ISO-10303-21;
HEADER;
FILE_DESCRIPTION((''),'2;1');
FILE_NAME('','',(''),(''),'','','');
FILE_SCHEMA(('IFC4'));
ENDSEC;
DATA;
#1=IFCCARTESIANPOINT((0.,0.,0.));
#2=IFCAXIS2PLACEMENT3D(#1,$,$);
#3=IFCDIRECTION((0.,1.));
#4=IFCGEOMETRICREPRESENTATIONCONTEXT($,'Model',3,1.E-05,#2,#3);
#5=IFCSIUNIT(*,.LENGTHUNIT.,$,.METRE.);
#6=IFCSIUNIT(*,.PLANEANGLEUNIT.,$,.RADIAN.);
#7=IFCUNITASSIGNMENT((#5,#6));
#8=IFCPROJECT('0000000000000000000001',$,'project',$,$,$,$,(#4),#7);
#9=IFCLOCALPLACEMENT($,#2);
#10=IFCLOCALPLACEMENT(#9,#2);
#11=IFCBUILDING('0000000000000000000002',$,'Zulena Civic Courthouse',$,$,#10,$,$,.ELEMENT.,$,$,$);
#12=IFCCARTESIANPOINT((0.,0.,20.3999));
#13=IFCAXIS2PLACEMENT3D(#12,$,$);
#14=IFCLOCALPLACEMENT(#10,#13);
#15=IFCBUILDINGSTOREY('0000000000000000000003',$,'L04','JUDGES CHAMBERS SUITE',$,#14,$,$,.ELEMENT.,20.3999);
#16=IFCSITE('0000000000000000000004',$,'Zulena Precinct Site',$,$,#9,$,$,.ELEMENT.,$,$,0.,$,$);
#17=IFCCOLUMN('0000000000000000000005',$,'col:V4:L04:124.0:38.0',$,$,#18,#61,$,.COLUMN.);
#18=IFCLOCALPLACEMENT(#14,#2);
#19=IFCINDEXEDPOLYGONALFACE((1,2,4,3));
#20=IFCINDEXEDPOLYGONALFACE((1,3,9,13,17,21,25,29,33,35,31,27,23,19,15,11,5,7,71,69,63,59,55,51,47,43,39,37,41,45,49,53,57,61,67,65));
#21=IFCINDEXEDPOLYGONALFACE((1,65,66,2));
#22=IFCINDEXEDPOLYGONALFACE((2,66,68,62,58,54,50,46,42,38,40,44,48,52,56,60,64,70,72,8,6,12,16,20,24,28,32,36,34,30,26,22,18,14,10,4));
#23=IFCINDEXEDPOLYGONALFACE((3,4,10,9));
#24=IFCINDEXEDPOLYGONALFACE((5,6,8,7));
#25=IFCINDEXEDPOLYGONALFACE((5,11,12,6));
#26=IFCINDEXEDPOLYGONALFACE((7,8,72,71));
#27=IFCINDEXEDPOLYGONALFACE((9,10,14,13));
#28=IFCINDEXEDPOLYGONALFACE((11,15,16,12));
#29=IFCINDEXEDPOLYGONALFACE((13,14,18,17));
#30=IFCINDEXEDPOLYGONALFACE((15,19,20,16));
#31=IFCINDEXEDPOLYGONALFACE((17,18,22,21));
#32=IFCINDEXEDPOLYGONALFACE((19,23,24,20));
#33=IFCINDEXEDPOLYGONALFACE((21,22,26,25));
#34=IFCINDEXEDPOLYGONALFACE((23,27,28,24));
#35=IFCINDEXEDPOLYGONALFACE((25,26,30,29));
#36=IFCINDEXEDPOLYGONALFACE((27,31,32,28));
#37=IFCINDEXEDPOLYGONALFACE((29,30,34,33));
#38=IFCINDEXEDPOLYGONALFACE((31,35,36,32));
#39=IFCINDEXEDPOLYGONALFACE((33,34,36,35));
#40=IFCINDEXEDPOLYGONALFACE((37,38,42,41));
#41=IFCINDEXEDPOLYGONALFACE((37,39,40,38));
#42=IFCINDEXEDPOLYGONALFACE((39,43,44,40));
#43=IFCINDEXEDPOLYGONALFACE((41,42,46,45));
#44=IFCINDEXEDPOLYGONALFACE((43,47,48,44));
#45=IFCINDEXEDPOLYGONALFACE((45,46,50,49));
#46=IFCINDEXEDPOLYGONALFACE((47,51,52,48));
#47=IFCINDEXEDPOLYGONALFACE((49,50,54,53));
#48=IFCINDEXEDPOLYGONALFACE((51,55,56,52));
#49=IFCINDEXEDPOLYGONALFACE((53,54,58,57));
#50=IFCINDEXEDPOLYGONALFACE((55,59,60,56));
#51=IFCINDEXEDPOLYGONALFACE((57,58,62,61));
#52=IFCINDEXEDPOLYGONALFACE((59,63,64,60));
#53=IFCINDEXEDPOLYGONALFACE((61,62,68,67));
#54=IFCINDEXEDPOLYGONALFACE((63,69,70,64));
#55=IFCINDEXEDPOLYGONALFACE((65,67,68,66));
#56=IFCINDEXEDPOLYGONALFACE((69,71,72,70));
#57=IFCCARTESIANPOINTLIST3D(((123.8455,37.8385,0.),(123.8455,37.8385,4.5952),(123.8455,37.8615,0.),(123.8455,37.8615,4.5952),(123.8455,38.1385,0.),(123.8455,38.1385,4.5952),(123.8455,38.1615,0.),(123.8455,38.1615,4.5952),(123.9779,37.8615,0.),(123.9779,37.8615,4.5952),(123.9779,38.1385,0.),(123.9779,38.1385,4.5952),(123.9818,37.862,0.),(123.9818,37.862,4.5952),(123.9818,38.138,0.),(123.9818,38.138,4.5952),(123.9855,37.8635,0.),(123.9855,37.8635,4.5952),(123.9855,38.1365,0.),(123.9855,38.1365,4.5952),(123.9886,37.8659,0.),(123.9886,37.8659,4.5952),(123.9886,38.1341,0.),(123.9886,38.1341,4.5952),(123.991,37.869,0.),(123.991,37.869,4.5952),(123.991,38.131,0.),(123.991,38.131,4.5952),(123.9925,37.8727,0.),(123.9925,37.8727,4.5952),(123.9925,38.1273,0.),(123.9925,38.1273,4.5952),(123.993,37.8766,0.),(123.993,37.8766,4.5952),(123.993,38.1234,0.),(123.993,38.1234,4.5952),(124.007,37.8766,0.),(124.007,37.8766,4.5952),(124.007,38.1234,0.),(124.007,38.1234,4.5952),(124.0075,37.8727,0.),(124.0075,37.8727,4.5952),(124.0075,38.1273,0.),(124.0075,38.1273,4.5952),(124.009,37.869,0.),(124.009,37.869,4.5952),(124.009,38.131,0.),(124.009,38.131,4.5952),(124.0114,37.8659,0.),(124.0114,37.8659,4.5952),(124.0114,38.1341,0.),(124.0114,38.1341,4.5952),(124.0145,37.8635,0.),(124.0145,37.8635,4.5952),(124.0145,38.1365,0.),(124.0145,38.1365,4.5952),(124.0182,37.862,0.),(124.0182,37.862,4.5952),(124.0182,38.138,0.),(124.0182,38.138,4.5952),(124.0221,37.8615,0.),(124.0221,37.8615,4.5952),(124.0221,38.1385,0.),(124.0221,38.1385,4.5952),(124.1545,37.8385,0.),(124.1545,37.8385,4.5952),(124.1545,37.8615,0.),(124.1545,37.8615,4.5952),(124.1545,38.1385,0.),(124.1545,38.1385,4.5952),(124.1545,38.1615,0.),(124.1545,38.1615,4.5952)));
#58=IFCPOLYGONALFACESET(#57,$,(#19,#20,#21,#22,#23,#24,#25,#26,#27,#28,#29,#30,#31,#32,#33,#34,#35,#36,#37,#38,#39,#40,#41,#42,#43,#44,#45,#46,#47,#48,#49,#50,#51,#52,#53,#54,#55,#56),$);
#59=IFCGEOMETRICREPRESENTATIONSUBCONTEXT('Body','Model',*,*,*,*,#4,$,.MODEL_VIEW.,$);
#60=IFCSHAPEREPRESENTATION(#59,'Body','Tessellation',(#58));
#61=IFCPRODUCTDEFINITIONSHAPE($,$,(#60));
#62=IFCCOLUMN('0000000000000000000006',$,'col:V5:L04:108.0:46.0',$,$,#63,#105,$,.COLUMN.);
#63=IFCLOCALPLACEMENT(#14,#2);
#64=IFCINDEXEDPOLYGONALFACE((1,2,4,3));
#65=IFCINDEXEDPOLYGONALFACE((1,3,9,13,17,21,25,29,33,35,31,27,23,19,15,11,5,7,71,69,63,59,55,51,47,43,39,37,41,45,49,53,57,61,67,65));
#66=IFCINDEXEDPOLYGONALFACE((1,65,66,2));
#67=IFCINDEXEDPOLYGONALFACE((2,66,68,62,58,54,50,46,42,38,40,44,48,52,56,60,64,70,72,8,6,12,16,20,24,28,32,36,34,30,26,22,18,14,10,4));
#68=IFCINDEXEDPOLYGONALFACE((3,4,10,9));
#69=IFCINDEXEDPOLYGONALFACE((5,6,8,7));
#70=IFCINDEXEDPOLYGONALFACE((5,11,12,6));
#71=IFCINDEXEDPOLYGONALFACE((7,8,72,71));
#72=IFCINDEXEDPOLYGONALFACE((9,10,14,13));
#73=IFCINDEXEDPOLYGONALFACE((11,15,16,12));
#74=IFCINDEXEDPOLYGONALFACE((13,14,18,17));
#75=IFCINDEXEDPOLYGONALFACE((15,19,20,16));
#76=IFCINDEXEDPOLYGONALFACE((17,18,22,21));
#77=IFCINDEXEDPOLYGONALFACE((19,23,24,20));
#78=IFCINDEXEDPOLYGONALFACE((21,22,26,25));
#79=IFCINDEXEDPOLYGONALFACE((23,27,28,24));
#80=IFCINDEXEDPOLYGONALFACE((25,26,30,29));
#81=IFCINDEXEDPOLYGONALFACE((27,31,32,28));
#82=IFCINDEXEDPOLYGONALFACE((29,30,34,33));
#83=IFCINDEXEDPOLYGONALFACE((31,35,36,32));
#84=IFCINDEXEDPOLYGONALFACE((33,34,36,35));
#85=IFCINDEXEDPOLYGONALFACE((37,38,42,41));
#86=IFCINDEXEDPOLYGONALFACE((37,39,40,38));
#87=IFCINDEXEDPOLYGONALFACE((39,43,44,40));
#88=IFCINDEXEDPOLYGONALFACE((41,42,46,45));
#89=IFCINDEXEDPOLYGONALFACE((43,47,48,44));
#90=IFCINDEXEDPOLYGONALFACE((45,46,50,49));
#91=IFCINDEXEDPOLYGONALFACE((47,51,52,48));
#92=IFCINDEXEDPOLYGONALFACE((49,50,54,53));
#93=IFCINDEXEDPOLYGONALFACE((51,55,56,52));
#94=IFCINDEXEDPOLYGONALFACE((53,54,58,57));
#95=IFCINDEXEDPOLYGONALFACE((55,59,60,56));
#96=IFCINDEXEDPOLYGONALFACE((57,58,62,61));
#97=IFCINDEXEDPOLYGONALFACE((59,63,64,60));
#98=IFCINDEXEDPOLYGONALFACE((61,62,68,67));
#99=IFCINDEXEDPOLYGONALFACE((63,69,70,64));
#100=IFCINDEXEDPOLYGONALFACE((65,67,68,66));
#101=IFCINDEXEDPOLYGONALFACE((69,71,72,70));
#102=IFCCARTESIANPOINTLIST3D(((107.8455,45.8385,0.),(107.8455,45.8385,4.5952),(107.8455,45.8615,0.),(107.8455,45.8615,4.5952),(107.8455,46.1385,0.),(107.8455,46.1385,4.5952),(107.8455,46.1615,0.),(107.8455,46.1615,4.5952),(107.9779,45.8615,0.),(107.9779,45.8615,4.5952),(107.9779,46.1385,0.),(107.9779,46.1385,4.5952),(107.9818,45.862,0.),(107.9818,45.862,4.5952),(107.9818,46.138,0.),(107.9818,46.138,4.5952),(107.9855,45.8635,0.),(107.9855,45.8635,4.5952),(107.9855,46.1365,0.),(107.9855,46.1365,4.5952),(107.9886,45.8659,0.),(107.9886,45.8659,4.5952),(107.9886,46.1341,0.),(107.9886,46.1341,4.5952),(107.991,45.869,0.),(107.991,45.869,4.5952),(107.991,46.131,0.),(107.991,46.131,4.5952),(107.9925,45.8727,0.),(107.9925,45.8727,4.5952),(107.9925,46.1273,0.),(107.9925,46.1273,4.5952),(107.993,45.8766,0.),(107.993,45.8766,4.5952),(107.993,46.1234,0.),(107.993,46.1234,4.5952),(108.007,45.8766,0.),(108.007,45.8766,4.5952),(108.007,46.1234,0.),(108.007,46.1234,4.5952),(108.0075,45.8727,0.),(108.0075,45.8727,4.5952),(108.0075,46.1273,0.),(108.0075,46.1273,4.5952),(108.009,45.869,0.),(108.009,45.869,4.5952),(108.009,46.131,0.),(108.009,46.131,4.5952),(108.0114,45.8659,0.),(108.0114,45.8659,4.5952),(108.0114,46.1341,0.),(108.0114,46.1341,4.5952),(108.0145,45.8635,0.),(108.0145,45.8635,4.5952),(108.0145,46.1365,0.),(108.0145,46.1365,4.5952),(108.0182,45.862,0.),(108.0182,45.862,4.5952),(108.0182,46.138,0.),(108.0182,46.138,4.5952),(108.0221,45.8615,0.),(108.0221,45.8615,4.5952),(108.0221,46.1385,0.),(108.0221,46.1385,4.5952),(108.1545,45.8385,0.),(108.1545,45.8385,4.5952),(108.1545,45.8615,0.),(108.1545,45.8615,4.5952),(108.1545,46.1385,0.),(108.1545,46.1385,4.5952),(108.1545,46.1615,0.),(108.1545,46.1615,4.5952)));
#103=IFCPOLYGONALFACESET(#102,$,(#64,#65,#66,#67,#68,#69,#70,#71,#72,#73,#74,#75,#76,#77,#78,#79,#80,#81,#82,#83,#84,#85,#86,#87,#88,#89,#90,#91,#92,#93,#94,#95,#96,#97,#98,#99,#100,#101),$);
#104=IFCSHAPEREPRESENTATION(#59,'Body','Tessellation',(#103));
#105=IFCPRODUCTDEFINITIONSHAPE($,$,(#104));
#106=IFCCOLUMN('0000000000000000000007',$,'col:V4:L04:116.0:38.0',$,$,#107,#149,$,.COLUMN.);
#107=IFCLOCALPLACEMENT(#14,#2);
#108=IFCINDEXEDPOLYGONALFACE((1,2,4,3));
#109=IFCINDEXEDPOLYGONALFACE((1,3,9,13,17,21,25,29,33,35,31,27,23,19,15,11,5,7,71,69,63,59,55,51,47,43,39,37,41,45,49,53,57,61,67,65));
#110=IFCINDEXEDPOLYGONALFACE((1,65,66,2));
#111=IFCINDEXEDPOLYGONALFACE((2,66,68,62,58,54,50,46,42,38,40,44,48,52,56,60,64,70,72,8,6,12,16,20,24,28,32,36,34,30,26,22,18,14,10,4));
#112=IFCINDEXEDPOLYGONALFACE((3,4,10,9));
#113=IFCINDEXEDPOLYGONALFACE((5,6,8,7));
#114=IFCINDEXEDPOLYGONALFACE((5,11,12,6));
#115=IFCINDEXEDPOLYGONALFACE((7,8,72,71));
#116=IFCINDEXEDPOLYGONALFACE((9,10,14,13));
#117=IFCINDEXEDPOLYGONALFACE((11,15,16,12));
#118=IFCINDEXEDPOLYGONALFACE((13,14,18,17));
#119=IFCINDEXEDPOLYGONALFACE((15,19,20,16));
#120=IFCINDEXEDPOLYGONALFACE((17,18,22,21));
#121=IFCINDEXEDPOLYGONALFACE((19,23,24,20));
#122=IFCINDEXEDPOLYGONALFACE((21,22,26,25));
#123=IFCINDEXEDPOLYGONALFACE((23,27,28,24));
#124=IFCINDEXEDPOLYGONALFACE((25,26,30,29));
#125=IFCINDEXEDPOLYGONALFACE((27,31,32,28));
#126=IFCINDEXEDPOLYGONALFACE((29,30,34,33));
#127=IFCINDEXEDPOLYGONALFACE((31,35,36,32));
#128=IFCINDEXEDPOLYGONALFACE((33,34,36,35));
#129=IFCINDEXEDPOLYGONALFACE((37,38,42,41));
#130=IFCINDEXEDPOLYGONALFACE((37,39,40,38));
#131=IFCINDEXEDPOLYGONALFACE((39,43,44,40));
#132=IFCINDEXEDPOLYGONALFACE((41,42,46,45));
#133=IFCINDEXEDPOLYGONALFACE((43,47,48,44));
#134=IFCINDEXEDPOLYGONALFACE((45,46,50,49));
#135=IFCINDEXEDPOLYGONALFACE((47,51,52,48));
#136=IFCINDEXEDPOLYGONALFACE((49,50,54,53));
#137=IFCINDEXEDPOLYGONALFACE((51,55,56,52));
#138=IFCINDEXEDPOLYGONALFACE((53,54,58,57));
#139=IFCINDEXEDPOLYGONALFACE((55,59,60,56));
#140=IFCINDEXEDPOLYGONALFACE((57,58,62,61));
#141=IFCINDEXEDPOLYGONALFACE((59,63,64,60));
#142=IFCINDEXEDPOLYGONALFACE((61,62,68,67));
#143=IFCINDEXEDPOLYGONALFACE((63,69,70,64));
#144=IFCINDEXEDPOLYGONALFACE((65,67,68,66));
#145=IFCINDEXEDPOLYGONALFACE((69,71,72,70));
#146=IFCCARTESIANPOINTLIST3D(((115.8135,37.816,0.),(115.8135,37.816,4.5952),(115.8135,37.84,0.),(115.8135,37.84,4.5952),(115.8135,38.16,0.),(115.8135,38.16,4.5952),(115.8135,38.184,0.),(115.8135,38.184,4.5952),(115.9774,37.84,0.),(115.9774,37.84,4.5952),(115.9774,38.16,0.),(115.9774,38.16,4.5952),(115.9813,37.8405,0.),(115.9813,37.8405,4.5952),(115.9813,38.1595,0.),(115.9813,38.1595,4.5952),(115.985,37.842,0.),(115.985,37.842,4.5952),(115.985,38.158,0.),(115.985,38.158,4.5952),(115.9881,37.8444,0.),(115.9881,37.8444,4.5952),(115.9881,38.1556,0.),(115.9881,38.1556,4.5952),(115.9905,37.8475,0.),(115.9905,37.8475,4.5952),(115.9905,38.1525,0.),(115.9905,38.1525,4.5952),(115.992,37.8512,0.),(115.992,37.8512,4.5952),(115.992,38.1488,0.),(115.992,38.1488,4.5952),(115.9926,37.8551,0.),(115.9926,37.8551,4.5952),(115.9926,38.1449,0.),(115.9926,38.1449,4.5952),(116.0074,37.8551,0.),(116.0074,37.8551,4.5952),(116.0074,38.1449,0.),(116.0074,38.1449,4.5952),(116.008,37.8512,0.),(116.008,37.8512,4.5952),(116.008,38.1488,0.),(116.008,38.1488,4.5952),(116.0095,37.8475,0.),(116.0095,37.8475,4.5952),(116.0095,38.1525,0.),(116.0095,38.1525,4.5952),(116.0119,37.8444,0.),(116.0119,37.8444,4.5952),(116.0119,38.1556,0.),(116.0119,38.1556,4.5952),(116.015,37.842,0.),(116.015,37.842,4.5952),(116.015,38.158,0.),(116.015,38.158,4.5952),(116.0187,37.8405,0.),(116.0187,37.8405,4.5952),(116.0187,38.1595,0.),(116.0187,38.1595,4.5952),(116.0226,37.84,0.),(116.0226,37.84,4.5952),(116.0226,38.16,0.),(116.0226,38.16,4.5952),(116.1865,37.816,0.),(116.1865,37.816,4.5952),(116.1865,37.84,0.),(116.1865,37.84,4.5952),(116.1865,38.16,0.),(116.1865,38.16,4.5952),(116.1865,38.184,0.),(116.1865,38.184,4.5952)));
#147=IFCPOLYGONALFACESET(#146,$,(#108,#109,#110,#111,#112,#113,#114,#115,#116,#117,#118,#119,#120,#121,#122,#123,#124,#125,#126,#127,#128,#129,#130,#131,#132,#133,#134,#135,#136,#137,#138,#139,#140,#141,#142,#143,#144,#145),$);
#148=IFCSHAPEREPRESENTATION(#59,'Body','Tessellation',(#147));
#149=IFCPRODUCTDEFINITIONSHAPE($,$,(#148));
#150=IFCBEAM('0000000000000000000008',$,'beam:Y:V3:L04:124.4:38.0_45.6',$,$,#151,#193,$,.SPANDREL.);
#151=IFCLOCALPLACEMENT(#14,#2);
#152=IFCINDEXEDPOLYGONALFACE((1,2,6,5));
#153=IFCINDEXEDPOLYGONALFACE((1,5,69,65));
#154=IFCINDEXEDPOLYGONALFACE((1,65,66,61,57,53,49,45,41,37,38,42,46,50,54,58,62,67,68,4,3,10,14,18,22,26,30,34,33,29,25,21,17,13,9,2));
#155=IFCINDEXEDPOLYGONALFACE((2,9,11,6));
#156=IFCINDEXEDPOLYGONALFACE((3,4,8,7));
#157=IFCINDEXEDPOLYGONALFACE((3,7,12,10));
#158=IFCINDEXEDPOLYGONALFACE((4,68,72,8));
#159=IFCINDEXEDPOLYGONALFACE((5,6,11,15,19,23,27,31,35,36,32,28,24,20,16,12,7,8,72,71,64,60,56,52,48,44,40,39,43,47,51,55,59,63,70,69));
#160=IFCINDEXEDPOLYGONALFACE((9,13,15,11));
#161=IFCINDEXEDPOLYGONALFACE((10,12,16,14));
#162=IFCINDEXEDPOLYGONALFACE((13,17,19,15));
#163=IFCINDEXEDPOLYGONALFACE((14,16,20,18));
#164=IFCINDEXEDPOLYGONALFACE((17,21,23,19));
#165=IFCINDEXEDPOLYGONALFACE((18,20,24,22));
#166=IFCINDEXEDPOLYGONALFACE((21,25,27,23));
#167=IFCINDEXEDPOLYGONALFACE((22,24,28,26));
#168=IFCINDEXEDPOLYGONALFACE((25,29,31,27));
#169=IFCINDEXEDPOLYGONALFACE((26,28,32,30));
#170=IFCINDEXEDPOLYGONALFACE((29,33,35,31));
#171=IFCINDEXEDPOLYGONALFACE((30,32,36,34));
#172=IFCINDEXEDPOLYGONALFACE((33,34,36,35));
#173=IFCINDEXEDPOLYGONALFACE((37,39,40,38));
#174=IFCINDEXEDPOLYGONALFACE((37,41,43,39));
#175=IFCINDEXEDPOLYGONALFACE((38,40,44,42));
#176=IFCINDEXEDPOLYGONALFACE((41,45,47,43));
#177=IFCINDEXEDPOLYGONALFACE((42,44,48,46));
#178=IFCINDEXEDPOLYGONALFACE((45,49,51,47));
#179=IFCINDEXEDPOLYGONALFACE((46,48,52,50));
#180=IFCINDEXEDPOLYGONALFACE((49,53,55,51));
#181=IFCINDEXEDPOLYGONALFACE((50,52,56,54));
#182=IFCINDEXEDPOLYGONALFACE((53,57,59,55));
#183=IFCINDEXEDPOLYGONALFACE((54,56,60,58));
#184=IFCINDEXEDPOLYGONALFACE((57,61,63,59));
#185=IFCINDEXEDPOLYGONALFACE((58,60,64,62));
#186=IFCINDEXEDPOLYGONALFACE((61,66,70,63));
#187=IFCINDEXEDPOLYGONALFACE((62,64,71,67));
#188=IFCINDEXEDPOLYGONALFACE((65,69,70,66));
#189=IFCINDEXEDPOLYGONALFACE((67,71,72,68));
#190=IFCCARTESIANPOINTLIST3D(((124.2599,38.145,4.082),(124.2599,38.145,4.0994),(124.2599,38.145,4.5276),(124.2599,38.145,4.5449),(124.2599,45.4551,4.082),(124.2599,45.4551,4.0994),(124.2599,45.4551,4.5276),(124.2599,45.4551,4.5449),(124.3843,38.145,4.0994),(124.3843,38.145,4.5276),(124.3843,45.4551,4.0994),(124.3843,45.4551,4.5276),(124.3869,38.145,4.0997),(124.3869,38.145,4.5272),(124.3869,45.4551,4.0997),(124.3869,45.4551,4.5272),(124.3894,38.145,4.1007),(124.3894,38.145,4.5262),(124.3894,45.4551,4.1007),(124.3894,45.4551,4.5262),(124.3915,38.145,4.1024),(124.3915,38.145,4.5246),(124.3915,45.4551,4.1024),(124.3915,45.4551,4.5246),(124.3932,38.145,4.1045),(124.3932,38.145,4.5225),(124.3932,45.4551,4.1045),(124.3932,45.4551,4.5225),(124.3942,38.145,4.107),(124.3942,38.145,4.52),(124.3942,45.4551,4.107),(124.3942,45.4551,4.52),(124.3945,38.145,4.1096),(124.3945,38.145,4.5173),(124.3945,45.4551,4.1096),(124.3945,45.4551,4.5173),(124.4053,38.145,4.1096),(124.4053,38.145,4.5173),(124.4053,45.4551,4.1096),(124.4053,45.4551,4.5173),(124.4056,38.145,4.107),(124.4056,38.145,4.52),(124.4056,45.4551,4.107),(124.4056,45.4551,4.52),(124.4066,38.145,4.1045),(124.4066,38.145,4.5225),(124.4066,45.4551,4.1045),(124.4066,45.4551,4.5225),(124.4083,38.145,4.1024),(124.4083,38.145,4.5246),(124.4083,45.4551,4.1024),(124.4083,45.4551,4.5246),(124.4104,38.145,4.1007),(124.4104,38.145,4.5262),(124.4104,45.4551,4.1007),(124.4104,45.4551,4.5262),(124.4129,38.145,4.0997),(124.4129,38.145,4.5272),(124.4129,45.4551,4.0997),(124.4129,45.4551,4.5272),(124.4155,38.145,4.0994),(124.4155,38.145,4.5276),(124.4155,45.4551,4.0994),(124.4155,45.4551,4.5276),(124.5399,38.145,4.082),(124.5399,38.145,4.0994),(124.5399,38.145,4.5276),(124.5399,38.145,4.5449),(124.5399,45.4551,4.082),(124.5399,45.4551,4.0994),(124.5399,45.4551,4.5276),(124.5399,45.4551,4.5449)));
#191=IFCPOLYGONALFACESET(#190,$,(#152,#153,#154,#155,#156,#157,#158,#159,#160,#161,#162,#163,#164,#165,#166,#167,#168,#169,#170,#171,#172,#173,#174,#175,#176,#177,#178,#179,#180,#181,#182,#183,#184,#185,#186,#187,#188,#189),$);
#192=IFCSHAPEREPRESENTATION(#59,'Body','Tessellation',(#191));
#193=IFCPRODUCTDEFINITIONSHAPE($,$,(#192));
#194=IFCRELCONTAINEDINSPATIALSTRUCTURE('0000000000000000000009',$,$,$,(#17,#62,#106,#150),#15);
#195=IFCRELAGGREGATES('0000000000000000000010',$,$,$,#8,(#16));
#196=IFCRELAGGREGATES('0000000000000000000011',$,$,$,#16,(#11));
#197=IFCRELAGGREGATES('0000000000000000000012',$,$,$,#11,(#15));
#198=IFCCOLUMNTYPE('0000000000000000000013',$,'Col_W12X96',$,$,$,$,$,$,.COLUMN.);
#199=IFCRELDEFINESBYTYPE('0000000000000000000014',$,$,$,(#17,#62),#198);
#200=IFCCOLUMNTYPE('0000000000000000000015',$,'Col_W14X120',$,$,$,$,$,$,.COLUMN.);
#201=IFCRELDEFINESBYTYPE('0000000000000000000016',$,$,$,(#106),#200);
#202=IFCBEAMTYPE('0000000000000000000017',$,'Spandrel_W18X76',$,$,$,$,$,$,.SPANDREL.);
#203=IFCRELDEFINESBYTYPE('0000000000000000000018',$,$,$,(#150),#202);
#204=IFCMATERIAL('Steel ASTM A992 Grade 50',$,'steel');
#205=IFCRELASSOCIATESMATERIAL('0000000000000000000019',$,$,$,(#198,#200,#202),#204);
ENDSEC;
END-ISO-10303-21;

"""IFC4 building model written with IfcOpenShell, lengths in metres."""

from ifc_helpers import new_model, si_unit, direction, frame, origin, origin_2d, place, context, subcontext, project, spatial, i_section, extrude, material, material_profile, profile_set, type_object, element, save


model = new_model("IFC4")

# Units and contexts
model_context = context("Model", 3, precision=1e-05, world=origin(), true_north=direction((0.0, 1.0)))
body_context = subcontext(model_context, "Body", "Model", "MODEL_VIEW")
ifc_project = project(units=[si_unit("LENGTHUNIT", "METRE"), si_unit("PLANEANGLEUNIT", "RADIAN")], contexts=[model_context])

# Site, building, storey
site_placement = place(None, origin())
site = spatial("IfcSite", under=ifc_project, at=site_placement, Name="Zulena Precinct Site", CompositionType="ELEMENT", RefElevation=0.0)
building_placement = place(site_placement, origin())
building = spatial("IfcBuilding", under=site, at=building_placement, Name="Zulena Civic Courthouse", CompositionType="ELEMENT")
storey_placement = place(building_placement, frame((0.0, 0.0, 20.3999)))
storey = spatial("IfcBuildingStorey", under=building, at=storey_placement, Name="L04", Description="JUDGES CHAMBERS SUITE", CompositionType="ELEMENT", Elevation=20.3999)

# Columns
ifc_material_1 = material(Name="Steel ASTM A992 Grade 50", Category="steel")
ifc_material_profile_1 = material_profile(ifc_material_1, i_section(OverallWidth=0.3091, OverallDepth=0.323, WebThickness=0.0139, FlangeThickness=0.0229, FilletRadius=0.0151, at=origin_2d()), Name="W12X96")
ifc_profile_set_1 = profile_set([ifc_material_profile_1], Name="Steel ASTM A992 Grade 50")
column_type_1 = type_object("IfcColumnType", Name="Col_W12X96", PredefinedType="COLUMN", material=ifc_profile_set_1)
for number, where, z_axis, x_axis, name in (
    (1, (124.0, 38.0, 0.0), (0.0, 0.0, 1.0), (1.0, 0.0, 0.0), "col:V4:L04:124.0:38.0"),
    (2, (108.0, 46.0, 0.0), (0.0, 0.0, 1.0), (1.0, 0.0, 0.0), "col:V5:L04:108.0:46.0"),
):
    element("IfcColumn", number, at=place(storey_placement, frame(where, z_axis=z_axis, x_axis=x_axis)), inside=storey, type_object=column_type_1, Name=name, PredefinedType="COLUMN", context=body_context, shape_type="SweptSolid", body=[
        extrude(i_section(OverallWidth=0.3091, OverallDepth=0.323, WebThickness=0.0139, FlangeThickness=0.0229, FilletRadius=0.0151, at=origin_2d()), origin(), (0.0, 0.0, 1.0), 4.5952),
    ])
ifc_material_profile_2 = material_profile(ifc_material_1, i_section(OverallWidth=0.373, OverallDepth=0.3679, WebThickness=0.0149, FlangeThickness=0.0239, FilletRadius=0.0151, at=origin_2d()), Name="W14X120")
ifc_profile_set_2 = profile_set([ifc_material_profile_2], Name="Steel ASTM A992 Grade 50")
column_type_2 = type_object("IfcColumnType", Name="Col_W14X120", PredefinedType="COLUMN", material=ifc_profile_set_2)
column_placement = place(storey_placement, frame((116.0, 38.0, 0.0), z_axis=(0.0, 0.0, 1.0), x_axis=(1.0, 0.0, 0.0)))
element("IfcColumn", 3, at=column_placement, inside=storey, type_object=column_type_2, Name="col:V4:L04:116.0:38.0", PredefinedType="COLUMN", context=body_context, shape_type="SweptSolid", body=[
    extrude(i_section(OverallWidth=0.373, OverallDepth=0.3679, WebThickness=0.0149, FlangeThickness=0.0239, FilletRadius=0.0151, at=origin_2d()), origin(), (0.0, 0.0, 1.0), 4.5952),
])

# Beam
ifc_material_profile_3 = material_profile(ifc_material_1, i_section(OverallWidth=0.28, OverallDepth=0.4629, WebThickness=0.0107, FlangeThickness=0.0173, FilletRadius=0.0103, at=origin_2d()), Name="W18X76")
ifc_profile_set_3 = profile_set([ifc_material_profile_3], Name="Steel ASTM A992 Grade 50")
beam_type_1 = type_object("IfcBeamType", Name="Spandrel_W18X76", PredefinedType="SPANDREL", material=ifc_profile_set_3)
beam_1_placement = place(storey_placement, frame((124.3999, 38.145, 4.3135), z_axis=(0.0, 1.0, 0.0), x_axis=(-1.0, 0.0, 0.0)))
element("IfcBeam", 4, at=beam_1_placement, inside=storey, type_object=beam_type_1, Name="beam:Y:V3:L04:124.4:38.0_45.6", PredefinedType="SPANDREL", context=body_context, shape_type="SweptSolid", body=[
    extrude(i_section(OverallWidth=0.28, OverallDepth=0.4629, WebThickness=0.0107, FlangeThickness=0.0173, FilletRadius=0.0103, at=origin_2d()), origin(), (0.0, 0.0, 1.0), 7.3101),
])

save(model, "model.ifc")
